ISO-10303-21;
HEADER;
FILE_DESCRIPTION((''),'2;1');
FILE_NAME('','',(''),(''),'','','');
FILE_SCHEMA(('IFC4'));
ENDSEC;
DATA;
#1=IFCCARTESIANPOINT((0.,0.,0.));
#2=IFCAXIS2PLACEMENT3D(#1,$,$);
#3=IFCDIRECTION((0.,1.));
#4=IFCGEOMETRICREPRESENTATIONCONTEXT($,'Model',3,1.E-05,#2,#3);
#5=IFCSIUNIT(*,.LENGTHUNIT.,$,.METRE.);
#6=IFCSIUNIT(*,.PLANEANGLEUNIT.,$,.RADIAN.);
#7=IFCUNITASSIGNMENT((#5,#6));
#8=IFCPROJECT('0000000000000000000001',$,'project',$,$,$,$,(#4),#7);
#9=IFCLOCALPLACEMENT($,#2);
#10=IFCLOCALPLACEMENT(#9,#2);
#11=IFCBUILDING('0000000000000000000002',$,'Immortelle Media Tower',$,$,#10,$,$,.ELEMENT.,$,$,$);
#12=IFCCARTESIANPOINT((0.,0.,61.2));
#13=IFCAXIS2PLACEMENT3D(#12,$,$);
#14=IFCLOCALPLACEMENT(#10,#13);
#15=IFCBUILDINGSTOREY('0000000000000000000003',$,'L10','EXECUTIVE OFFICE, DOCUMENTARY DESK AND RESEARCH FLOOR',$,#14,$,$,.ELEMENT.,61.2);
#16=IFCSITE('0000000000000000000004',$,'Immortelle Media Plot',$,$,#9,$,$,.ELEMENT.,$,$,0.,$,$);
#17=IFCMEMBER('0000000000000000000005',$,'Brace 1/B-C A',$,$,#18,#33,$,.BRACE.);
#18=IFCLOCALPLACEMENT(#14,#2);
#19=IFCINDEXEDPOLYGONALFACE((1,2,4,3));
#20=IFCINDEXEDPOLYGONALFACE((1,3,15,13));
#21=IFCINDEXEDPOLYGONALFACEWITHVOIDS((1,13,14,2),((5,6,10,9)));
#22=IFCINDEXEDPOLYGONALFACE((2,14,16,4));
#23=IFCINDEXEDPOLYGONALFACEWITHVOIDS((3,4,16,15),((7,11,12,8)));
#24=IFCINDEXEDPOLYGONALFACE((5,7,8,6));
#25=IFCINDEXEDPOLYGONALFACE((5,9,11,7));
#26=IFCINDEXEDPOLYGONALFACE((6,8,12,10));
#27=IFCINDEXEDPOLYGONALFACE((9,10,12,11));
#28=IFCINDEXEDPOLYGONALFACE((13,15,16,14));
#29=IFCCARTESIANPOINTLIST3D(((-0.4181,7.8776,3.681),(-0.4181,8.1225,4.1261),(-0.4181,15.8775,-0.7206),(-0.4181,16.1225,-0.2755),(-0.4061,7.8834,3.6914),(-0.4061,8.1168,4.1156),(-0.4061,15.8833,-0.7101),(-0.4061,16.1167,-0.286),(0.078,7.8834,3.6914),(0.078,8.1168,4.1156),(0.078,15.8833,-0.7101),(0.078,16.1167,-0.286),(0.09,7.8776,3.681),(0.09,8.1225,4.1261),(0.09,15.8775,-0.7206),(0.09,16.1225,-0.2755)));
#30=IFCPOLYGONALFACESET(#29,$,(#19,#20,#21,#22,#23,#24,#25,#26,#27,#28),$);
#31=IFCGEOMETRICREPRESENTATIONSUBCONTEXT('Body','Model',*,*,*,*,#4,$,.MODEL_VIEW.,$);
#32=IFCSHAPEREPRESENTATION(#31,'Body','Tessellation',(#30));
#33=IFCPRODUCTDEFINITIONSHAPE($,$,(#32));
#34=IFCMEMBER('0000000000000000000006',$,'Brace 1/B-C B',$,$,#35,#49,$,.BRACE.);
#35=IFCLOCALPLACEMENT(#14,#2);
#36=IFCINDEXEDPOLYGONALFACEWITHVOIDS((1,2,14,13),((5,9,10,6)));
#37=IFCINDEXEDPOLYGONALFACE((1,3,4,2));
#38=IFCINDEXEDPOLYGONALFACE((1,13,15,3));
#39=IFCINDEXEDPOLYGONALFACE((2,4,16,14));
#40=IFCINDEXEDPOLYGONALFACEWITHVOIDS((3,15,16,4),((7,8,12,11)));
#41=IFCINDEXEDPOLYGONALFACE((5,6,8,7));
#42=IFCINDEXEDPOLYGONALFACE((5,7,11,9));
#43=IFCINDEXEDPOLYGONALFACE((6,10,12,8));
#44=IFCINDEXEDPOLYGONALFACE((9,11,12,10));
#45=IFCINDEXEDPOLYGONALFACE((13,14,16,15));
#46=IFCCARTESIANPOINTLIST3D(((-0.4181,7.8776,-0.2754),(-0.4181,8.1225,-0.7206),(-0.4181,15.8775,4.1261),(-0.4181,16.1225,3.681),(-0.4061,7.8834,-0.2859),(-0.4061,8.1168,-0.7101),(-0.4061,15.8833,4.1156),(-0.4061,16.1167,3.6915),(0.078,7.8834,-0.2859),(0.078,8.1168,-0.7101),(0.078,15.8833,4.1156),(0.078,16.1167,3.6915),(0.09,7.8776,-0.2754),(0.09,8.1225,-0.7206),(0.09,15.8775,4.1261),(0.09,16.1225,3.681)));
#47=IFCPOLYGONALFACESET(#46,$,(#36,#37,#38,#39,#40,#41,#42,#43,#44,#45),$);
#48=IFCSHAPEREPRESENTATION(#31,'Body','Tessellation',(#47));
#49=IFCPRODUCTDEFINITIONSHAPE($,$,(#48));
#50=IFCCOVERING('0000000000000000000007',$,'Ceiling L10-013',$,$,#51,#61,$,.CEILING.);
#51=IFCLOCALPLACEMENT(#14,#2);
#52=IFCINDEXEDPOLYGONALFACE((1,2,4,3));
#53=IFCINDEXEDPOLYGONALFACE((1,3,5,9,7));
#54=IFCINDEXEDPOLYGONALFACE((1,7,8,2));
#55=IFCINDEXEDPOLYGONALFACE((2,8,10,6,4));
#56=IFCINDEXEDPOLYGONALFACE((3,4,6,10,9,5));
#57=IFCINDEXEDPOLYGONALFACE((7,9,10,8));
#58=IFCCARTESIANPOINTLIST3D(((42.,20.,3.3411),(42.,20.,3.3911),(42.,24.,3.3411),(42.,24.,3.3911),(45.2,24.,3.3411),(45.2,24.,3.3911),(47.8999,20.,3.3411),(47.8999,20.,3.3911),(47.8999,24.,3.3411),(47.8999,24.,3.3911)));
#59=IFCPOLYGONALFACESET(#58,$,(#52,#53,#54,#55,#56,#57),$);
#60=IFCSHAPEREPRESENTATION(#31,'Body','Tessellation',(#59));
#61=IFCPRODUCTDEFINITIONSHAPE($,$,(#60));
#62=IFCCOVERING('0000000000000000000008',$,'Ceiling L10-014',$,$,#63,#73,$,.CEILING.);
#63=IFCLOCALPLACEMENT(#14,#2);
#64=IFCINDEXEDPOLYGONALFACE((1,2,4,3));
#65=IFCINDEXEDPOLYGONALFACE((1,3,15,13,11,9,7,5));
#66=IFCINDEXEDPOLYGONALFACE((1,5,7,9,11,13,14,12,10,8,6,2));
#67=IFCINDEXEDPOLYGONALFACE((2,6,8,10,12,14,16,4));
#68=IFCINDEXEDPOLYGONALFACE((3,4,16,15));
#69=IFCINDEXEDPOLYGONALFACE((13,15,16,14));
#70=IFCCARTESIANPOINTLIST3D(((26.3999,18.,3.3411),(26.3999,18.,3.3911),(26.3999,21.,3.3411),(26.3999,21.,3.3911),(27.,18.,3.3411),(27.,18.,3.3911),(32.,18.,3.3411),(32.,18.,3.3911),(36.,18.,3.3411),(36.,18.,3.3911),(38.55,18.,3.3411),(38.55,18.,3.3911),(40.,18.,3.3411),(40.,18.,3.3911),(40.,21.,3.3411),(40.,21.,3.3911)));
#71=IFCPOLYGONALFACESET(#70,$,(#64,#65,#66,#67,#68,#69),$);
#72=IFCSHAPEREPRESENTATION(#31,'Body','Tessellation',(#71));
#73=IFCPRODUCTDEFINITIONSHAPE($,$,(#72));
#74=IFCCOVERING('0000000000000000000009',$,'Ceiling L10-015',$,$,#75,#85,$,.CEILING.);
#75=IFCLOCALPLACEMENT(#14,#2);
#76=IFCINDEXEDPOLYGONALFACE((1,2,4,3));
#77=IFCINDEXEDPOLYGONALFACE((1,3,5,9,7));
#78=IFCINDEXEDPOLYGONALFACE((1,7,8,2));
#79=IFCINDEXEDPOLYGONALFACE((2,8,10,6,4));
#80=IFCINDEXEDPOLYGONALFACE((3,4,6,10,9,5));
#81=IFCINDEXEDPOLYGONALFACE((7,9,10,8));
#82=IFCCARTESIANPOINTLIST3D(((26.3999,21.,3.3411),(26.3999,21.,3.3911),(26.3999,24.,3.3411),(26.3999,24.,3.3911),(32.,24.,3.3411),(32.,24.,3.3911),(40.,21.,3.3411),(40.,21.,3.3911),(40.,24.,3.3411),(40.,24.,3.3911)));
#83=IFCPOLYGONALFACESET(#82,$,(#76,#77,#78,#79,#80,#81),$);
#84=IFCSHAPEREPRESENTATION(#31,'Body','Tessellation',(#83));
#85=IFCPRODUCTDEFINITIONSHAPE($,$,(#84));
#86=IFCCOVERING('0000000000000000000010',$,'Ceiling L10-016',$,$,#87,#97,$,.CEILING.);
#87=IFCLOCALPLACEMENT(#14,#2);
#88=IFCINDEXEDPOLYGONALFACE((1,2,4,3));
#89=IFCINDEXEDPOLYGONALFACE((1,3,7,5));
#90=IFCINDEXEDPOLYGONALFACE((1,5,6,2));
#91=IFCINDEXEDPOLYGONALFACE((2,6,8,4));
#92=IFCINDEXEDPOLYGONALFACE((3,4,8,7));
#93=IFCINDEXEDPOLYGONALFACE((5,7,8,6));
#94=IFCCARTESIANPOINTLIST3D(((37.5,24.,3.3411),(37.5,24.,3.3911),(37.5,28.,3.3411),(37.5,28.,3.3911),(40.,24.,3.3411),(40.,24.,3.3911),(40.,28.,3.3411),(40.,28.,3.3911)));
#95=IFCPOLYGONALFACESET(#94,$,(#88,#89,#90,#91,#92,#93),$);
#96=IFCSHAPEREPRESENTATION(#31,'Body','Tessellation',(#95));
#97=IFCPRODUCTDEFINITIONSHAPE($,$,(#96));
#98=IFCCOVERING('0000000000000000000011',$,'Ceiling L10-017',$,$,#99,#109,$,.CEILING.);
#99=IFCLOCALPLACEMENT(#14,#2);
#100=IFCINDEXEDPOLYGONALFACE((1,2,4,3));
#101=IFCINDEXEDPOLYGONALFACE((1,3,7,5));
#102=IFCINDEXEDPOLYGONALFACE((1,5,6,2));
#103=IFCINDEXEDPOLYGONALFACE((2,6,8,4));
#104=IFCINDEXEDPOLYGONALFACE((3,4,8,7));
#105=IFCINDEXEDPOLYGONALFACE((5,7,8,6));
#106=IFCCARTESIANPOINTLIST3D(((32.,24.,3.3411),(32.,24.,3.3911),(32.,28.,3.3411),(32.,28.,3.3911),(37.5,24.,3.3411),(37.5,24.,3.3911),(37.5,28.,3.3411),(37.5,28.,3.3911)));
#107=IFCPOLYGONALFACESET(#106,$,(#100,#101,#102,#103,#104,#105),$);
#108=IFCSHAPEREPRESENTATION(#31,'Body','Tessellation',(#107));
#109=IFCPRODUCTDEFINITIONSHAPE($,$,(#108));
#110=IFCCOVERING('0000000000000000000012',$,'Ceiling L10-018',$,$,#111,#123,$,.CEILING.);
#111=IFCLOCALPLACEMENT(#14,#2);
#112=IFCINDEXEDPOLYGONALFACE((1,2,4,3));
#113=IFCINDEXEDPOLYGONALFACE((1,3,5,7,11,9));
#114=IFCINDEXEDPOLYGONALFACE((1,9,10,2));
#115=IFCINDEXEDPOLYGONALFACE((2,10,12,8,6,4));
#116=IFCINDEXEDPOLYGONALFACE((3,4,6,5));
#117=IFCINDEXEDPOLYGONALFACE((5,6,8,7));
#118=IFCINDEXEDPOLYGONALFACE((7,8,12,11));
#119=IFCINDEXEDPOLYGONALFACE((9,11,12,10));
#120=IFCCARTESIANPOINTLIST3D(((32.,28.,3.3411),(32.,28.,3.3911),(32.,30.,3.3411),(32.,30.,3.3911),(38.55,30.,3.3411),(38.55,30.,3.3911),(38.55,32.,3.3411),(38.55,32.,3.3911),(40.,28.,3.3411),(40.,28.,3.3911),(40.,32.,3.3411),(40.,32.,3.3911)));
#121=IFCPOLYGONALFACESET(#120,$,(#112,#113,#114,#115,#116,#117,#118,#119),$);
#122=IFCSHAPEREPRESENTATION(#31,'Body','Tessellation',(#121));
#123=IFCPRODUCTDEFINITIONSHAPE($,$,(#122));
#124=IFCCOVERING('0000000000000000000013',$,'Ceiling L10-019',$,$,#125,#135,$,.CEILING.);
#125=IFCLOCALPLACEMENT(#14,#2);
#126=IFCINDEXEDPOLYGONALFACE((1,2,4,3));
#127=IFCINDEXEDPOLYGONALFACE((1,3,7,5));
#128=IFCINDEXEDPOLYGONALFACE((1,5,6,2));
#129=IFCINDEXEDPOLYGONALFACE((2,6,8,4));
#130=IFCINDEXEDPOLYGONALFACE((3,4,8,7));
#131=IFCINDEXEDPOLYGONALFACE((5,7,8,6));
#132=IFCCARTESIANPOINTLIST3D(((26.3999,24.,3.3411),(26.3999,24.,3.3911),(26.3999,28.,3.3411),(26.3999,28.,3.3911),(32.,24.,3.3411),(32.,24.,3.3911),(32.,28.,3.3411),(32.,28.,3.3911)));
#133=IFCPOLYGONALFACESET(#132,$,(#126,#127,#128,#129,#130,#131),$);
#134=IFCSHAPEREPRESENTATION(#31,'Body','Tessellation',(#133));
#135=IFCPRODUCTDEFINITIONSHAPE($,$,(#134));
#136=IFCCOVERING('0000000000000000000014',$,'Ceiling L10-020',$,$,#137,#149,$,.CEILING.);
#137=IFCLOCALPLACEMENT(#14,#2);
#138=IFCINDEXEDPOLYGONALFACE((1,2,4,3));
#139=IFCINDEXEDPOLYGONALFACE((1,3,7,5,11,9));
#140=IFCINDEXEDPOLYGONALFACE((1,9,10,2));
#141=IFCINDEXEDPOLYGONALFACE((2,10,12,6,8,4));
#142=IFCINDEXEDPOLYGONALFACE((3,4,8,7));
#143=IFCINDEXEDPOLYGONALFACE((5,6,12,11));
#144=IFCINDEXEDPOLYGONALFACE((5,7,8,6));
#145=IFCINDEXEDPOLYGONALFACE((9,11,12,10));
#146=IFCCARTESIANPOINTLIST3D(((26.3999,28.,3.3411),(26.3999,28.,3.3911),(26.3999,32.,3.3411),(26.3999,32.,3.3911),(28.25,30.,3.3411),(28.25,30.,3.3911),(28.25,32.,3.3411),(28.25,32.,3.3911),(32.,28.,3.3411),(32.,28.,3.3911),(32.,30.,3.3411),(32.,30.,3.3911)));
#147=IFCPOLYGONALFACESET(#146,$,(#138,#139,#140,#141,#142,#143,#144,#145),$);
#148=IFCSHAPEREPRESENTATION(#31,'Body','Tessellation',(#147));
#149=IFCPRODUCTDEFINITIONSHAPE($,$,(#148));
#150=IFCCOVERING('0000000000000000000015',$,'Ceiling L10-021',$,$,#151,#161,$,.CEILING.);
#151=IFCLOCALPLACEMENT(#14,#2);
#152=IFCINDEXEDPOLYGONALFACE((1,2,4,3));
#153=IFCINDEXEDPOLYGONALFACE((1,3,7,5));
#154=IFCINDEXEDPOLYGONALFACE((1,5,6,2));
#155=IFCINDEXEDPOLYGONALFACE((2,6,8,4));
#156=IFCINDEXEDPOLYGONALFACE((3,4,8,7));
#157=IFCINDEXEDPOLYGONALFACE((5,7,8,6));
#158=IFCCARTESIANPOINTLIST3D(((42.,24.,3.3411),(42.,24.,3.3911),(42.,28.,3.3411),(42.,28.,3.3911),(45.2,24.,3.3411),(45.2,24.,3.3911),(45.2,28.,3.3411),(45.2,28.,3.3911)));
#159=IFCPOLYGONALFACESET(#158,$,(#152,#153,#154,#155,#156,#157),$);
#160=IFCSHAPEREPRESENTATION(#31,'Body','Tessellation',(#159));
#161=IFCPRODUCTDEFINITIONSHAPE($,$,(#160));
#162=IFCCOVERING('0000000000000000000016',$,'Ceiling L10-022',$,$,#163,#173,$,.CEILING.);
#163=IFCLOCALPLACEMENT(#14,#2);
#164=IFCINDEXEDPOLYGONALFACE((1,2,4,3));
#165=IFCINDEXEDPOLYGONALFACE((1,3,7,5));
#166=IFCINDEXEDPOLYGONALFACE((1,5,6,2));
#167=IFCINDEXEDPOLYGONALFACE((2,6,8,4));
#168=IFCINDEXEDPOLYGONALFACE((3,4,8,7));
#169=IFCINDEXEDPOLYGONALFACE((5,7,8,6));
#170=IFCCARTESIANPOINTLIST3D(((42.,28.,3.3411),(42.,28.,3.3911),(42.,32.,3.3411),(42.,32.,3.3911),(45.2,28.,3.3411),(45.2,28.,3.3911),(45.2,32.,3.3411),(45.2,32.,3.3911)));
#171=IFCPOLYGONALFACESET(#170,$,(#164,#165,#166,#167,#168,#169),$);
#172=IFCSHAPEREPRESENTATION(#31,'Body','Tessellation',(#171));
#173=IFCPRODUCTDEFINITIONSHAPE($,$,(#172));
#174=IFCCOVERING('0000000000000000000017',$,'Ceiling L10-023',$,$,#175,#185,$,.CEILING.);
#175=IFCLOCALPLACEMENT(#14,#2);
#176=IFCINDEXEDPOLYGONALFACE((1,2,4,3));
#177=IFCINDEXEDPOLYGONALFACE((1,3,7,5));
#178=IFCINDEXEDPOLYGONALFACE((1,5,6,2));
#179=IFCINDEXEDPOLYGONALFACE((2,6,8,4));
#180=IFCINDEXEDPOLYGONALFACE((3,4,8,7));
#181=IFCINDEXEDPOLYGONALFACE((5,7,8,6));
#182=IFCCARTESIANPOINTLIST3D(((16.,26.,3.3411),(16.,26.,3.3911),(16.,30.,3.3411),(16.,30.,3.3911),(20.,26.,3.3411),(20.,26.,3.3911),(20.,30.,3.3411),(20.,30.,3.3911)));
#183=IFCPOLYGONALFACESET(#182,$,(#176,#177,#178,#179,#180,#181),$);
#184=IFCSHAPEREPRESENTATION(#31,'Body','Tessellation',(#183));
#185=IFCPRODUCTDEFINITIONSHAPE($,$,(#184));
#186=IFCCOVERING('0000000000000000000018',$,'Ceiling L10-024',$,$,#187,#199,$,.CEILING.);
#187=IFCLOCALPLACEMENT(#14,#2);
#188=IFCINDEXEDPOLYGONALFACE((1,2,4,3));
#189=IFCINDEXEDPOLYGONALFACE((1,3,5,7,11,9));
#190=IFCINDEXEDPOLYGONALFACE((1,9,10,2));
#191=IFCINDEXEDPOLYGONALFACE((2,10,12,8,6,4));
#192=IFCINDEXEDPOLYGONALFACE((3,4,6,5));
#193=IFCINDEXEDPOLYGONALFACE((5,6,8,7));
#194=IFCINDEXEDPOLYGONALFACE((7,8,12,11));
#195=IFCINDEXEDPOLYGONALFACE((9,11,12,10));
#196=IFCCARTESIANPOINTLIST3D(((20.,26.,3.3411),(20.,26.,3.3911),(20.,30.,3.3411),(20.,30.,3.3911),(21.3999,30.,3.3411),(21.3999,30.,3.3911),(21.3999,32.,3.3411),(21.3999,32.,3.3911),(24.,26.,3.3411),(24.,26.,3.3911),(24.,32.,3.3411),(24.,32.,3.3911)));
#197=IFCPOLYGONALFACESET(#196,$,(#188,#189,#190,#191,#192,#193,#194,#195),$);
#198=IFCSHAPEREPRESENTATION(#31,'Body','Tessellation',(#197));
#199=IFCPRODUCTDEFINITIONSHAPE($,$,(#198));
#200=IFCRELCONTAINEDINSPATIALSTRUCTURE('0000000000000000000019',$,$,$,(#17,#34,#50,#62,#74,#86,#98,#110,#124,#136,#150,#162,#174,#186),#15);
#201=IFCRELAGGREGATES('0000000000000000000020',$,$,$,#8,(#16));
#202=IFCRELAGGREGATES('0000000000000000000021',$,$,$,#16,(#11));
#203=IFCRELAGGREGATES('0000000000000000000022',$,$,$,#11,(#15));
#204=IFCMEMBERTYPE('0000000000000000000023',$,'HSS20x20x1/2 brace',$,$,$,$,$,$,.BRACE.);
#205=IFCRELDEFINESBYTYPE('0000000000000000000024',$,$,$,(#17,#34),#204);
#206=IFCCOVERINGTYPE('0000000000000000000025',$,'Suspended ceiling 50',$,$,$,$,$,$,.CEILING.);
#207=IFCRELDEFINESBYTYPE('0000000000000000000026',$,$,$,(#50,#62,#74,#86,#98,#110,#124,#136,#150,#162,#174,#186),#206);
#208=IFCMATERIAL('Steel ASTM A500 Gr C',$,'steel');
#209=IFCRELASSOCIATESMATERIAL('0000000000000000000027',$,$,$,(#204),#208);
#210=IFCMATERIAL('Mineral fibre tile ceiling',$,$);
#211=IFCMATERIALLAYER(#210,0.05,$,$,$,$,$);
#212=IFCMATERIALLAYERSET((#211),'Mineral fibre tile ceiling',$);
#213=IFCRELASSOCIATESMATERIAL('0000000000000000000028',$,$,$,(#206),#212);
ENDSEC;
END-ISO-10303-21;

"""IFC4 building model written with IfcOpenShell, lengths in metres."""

from ifc_helpers import new_model, si_unit, direction, frame, origin, origin_2d, place, context, subcontext, project, spatial, polyline, hollow_rectangle, outline, extrude, material, layer, layer_set, material_profile, profile_set, type_object, element, save


model = new_model("IFC4")

# Units and contexts
model_context = context("Model", 3, precision=1e-05, world=origin(), true_north=direction((0.0, 1.0)))
body_context = subcontext(model_context, "Body", "Model", "MODEL_VIEW")
ifc_project = project(units=[si_unit("LENGTHUNIT", "METRE"), si_unit("PLANEANGLEUNIT", "RADIAN")], contexts=[model_context])

# Site, building, storey
site_placement = place(None, origin())
site = spatial("IfcSite", under=ifc_project, at=site_placement, Name="Immortelle Media Plot", CompositionType="ELEMENT", RefElevation=0.0)
building_placement = place(site_placement, origin())
building = spatial("IfcBuilding", under=site, at=building_placement, Name="Immortelle Media Tower", CompositionType="ELEMENT")
storey_placement = place(building_placement, frame((0.0, 0.0, 61.2)))
storey = spatial("IfcBuildingStorey", under=building, at=storey_placement, Name="L10", Description="EXECUTIVE OFFICE, DOCUMENTARY DESK AND RESEARCH FLOOR", CompositionType="ELEMENT", Elevation=61.2)

# Members
ifc_material_1 = material(Name="Steel ASTM A500 Gr C", Category="steel")
ifc_material_profile_1 = material_profile(ifc_material_1, hollow_rectangle(XDim=0.5081, YDim=0.5081, WallThickness=0.012, at=origin_2d()), Name="HSS20x20x1/2 brace")
ifc_profile_set_1 = profile_set([ifc_material_profile_1], Name="Steel ASTM A500 Gr C")
member_type = type_object("IfcMemberType", Name="HSS20x20x1/2 brace", PredefinedType="BRACE", material=ifc_profile_set_1)
for number, where, z_axis, x_axis, name in (
    (1, (-0.1641, 16.0, -0.498), (0.0, -0.876141, 0.482054), (1.0, 0.0, 0.0), "Brace 1/B-C A"),
    (2, (-0.1641, 16.0, 3.9036), (0.0, -0.876141, -0.482054), (1.0, 0.0, 0.0), "Brace 1/B-C B"),
):
    element("IfcMember", number, at=place(storey_placement, frame(where, z_axis=z_axis, x_axis=x_axis)), inside=storey, type_object=member_type, Name=name, PredefinedType="BRACE", context=body_context, shape_type="SweptSolid", body=[
        extrude(hollow_rectangle(XDim=0.5081, YDim=0.5081, WallThickness=0.012, at=origin_2d()), origin(), (0.0, 0.0, 1.0), 9.1309),
    ])

# Coverings
ifc_material_2 = material(Name="Mineral fibre tile ceiling")
ifc_layer = layer(ifc_material_2, 0.05)
ifc_layer_set = layer_set([ifc_layer], Name="Mineral fibre tile ceiling")
covering_type = type_object("IfcCoveringType", Name="Suspended ceiling 50", PredefinedType="CEILING", material=ifc_layer_set)
covering_1_placement = place(storey_placement, frame((0.0, 0.0, 3.3411)))
element("IfcCovering", 3, at=covering_1_placement, inside=storey, type_object=covering_type, Name="Ceiling L10-013", PredefinedType="CEILING", context=body_context, shape_type="SweptSolid", body=[
    extrude(outline(polyline([(42.0, 24.0), (45.2, 24.0), (47.8999, 24.0), (47.8999, 20.0), (42.0, 20.0), (42.0, 24.0)])), origin(), (0.0, 0.0, 1.0), 0.05),
])
covering_2_placement = place(storey_placement, frame((0.0, 0.0, 3.3411)))
element("IfcCovering", 4, at=covering_2_placement, inside=storey, type_object=covering_type, Name="Ceiling L10-014", PredefinedType="CEILING", context=body_context, shape_type="SweptSolid", body=[
    extrude(outline(polyline([(26.3999, 18.0), (26.3999, 21.0), (40.0, 21.0), (40.0, 18.0), (38.55, 18.0), (36.0, 18.0), (32.0, 18.0), (27.0, 18.0), (26.3999, 18.0)])), origin(), (0.0, 0.0, 1.0), 0.05),
])
covering_3_placement = place(storey_placement, frame((0.0, 0.0, 3.3411)))
element("IfcCovering", 5, at=covering_3_placement, inside=storey, type_object=covering_type, Name="Ceiling L10-015", PredefinedType="CEILING", context=body_context, shape_type="SweptSolid", body=[
    extrude(outline(polyline([(26.3999, 24.0), (32.0, 24.0), (40.0, 24.0), (40.0, 21.0), (26.3999, 21.0), (26.3999, 24.0)])), origin(), (0.0, 0.0, 1.0), 0.05),
])
covering_4_placement = place(storey_placement, frame((0.0, 0.0, 3.3411)))
element("IfcCovering", 6, at=covering_4_placement, inside=storey, type_object=covering_type, Name="Ceiling L10-016", PredefinedType="CEILING", context=body_context, shape_type="SweptSolid", body=[
    extrude(outline(polyline([(40.0, 28.0), (40.0, 24.0), (37.5, 24.0), (37.5, 28.0), (40.0, 28.0)])), origin(), (0.0, 0.0, 1.0), 0.05),
])
covering_5_placement = place(storey_placement, frame((0.0, 0.0, 3.3411)))
element("IfcCovering", 7, at=covering_5_placement, inside=storey, type_object=covering_type, Name="Ceiling L10-017", PredefinedType="CEILING", context=body_context, shape_type="SweptSolid", body=[
    extrude(outline(polyline([(37.5, 28.0), (37.5, 24.0), (32.0, 24.0), (32.0, 28.0), (37.5, 28.0)])), origin(), (0.0, 0.0, 1.0), 0.05),
])
covering_6_placement = place(storey_placement, frame((0.0, 0.0, 3.3411)))
element("IfcCovering", 8, at=covering_6_placement, inside=storey, type_object=covering_type, Name="Ceiling L10-018", PredefinedType="CEILING", context=body_context, shape_type="SweptSolid", body=[
    extrude(outline(polyline([(32.0, 30.0), (38.55, 30.0), (38.55, 32.0), (40.0, 32.0), (40.0, 28.0), (32.0, 28.0), (32.0, 30.0)])), origin(), (0.0, 0.0, 1.0), 0.05),
])
covering_7_placement = place(storey_placement, frame((0.0, 0.0, 3.3411)))
element("IfcCovering", 9, at=covering_7_placement, inside=storey, type_object=covering_type, Name="Ceiling L10-019", PredefinedType="CEILING", context=body_context, shape_type="SweptSolid", body=[
    extrude(outline(polyline([(26.3999, 28.0), (32.0, 28.0), (32.0, 24.0), (26.3999, 24.0), (26.3999, 28.0)])), origin(), (0.0, 0.0, 1.0), 0.05),
])
covering_8_placement = place(storey_placement, frame((0.0, 0.0, 3.3411)))
element("IfcCovering", 10, at=covering_8_placement, inside=storey, type_object=covering_type, Name="Ceiling L10-020", PredefinedType="CEILING", context=body_context, shape_type="SweptSolid", body=[
    extrude(outline(polyline([(26.3999, 32.0), (28.25, 32.0), (28.25, 30.0), (32.0, 30.0), (32.0, 28.0), (26.3999, 28.0), (26.3999, 32.0)])), origin(), (0.0, 0.0, 1.0), 0.05),
])
covering_9_placement = place(storey_placement, frame((0.0, 0.0, 3.3411)))
element("IfcCovering", 11, at=covering_9_placement, inside=storey, type_object=covering_type, Name="Ceiling L10-021", PredefinedType="CEILING", context=body_context, shape_type="SweptSolid", body=[
    extrude(outline(polyline([(42.0, 24.0), (42.0, 28.0), (45.2, 28.0), (45.2, 24.0), (42.0, 24.0)])), origin(), (0.0, 0.0, 1.0), 0.05),
])
covering_10_placement = place(storey_placement, frame((0.0, 0.0, 3.3411)))
element("IfcCovering", 12, at=covering_10_placement, inside=storey, type_object=covering_type, Name="Ceiling L10-022", PredefinedType="CEILING", context=body_context, shape_type="SweptSolid", body=[
    extrude(outline(polyline([(42.0, 32.0), (45.2, 32.0), (45.2, 28.0), (42.0, 28.0), (42.0, 32.0)])), origin(), (0.0, 0.0, 1.0), 0.05),
])
covering_11_placement = place(storey_placement, frame((0.0, 0.0, 3.3411)))
element("IfcCovering", 13, at=covering_11_placement, inside=storey, type_object=covering_type, Name="Ceiling L10-023", PredefinedType="CEILING", context=body_context, shape_type="SweptSolid", body=[
    extrude(outline(polyline([(16.0, 30.0), (20.0, 30.0), (20.0, 26.0), (16.0, 26.0), (16.0, 30.0)])), origin(), (0.0, 0.0, 1.0), 0.05),
])
covering_12_placement = place(storey_placement, frame((0.0, 0.0, 3.3411)))
element("IfcCovering", 14, at=covering_12_placement, inside=storey, type_object=covering_type, Name="Ceiling L10-024", PredefinedType="CEILING", context=body_context, shape_type="SweptSolid", body=[
    extrude(outline(polyline([(21.3999, 30.0), (21.3999, 32.0), (24.0, 32.0), (24.0, 26.0), (20.0, 26.0), (20.0, 30.0), (21.3999, 30.0)])), origin(), (0.0, 0.0, 1.0), 0.05),
])

save(model, "model.ifc")
